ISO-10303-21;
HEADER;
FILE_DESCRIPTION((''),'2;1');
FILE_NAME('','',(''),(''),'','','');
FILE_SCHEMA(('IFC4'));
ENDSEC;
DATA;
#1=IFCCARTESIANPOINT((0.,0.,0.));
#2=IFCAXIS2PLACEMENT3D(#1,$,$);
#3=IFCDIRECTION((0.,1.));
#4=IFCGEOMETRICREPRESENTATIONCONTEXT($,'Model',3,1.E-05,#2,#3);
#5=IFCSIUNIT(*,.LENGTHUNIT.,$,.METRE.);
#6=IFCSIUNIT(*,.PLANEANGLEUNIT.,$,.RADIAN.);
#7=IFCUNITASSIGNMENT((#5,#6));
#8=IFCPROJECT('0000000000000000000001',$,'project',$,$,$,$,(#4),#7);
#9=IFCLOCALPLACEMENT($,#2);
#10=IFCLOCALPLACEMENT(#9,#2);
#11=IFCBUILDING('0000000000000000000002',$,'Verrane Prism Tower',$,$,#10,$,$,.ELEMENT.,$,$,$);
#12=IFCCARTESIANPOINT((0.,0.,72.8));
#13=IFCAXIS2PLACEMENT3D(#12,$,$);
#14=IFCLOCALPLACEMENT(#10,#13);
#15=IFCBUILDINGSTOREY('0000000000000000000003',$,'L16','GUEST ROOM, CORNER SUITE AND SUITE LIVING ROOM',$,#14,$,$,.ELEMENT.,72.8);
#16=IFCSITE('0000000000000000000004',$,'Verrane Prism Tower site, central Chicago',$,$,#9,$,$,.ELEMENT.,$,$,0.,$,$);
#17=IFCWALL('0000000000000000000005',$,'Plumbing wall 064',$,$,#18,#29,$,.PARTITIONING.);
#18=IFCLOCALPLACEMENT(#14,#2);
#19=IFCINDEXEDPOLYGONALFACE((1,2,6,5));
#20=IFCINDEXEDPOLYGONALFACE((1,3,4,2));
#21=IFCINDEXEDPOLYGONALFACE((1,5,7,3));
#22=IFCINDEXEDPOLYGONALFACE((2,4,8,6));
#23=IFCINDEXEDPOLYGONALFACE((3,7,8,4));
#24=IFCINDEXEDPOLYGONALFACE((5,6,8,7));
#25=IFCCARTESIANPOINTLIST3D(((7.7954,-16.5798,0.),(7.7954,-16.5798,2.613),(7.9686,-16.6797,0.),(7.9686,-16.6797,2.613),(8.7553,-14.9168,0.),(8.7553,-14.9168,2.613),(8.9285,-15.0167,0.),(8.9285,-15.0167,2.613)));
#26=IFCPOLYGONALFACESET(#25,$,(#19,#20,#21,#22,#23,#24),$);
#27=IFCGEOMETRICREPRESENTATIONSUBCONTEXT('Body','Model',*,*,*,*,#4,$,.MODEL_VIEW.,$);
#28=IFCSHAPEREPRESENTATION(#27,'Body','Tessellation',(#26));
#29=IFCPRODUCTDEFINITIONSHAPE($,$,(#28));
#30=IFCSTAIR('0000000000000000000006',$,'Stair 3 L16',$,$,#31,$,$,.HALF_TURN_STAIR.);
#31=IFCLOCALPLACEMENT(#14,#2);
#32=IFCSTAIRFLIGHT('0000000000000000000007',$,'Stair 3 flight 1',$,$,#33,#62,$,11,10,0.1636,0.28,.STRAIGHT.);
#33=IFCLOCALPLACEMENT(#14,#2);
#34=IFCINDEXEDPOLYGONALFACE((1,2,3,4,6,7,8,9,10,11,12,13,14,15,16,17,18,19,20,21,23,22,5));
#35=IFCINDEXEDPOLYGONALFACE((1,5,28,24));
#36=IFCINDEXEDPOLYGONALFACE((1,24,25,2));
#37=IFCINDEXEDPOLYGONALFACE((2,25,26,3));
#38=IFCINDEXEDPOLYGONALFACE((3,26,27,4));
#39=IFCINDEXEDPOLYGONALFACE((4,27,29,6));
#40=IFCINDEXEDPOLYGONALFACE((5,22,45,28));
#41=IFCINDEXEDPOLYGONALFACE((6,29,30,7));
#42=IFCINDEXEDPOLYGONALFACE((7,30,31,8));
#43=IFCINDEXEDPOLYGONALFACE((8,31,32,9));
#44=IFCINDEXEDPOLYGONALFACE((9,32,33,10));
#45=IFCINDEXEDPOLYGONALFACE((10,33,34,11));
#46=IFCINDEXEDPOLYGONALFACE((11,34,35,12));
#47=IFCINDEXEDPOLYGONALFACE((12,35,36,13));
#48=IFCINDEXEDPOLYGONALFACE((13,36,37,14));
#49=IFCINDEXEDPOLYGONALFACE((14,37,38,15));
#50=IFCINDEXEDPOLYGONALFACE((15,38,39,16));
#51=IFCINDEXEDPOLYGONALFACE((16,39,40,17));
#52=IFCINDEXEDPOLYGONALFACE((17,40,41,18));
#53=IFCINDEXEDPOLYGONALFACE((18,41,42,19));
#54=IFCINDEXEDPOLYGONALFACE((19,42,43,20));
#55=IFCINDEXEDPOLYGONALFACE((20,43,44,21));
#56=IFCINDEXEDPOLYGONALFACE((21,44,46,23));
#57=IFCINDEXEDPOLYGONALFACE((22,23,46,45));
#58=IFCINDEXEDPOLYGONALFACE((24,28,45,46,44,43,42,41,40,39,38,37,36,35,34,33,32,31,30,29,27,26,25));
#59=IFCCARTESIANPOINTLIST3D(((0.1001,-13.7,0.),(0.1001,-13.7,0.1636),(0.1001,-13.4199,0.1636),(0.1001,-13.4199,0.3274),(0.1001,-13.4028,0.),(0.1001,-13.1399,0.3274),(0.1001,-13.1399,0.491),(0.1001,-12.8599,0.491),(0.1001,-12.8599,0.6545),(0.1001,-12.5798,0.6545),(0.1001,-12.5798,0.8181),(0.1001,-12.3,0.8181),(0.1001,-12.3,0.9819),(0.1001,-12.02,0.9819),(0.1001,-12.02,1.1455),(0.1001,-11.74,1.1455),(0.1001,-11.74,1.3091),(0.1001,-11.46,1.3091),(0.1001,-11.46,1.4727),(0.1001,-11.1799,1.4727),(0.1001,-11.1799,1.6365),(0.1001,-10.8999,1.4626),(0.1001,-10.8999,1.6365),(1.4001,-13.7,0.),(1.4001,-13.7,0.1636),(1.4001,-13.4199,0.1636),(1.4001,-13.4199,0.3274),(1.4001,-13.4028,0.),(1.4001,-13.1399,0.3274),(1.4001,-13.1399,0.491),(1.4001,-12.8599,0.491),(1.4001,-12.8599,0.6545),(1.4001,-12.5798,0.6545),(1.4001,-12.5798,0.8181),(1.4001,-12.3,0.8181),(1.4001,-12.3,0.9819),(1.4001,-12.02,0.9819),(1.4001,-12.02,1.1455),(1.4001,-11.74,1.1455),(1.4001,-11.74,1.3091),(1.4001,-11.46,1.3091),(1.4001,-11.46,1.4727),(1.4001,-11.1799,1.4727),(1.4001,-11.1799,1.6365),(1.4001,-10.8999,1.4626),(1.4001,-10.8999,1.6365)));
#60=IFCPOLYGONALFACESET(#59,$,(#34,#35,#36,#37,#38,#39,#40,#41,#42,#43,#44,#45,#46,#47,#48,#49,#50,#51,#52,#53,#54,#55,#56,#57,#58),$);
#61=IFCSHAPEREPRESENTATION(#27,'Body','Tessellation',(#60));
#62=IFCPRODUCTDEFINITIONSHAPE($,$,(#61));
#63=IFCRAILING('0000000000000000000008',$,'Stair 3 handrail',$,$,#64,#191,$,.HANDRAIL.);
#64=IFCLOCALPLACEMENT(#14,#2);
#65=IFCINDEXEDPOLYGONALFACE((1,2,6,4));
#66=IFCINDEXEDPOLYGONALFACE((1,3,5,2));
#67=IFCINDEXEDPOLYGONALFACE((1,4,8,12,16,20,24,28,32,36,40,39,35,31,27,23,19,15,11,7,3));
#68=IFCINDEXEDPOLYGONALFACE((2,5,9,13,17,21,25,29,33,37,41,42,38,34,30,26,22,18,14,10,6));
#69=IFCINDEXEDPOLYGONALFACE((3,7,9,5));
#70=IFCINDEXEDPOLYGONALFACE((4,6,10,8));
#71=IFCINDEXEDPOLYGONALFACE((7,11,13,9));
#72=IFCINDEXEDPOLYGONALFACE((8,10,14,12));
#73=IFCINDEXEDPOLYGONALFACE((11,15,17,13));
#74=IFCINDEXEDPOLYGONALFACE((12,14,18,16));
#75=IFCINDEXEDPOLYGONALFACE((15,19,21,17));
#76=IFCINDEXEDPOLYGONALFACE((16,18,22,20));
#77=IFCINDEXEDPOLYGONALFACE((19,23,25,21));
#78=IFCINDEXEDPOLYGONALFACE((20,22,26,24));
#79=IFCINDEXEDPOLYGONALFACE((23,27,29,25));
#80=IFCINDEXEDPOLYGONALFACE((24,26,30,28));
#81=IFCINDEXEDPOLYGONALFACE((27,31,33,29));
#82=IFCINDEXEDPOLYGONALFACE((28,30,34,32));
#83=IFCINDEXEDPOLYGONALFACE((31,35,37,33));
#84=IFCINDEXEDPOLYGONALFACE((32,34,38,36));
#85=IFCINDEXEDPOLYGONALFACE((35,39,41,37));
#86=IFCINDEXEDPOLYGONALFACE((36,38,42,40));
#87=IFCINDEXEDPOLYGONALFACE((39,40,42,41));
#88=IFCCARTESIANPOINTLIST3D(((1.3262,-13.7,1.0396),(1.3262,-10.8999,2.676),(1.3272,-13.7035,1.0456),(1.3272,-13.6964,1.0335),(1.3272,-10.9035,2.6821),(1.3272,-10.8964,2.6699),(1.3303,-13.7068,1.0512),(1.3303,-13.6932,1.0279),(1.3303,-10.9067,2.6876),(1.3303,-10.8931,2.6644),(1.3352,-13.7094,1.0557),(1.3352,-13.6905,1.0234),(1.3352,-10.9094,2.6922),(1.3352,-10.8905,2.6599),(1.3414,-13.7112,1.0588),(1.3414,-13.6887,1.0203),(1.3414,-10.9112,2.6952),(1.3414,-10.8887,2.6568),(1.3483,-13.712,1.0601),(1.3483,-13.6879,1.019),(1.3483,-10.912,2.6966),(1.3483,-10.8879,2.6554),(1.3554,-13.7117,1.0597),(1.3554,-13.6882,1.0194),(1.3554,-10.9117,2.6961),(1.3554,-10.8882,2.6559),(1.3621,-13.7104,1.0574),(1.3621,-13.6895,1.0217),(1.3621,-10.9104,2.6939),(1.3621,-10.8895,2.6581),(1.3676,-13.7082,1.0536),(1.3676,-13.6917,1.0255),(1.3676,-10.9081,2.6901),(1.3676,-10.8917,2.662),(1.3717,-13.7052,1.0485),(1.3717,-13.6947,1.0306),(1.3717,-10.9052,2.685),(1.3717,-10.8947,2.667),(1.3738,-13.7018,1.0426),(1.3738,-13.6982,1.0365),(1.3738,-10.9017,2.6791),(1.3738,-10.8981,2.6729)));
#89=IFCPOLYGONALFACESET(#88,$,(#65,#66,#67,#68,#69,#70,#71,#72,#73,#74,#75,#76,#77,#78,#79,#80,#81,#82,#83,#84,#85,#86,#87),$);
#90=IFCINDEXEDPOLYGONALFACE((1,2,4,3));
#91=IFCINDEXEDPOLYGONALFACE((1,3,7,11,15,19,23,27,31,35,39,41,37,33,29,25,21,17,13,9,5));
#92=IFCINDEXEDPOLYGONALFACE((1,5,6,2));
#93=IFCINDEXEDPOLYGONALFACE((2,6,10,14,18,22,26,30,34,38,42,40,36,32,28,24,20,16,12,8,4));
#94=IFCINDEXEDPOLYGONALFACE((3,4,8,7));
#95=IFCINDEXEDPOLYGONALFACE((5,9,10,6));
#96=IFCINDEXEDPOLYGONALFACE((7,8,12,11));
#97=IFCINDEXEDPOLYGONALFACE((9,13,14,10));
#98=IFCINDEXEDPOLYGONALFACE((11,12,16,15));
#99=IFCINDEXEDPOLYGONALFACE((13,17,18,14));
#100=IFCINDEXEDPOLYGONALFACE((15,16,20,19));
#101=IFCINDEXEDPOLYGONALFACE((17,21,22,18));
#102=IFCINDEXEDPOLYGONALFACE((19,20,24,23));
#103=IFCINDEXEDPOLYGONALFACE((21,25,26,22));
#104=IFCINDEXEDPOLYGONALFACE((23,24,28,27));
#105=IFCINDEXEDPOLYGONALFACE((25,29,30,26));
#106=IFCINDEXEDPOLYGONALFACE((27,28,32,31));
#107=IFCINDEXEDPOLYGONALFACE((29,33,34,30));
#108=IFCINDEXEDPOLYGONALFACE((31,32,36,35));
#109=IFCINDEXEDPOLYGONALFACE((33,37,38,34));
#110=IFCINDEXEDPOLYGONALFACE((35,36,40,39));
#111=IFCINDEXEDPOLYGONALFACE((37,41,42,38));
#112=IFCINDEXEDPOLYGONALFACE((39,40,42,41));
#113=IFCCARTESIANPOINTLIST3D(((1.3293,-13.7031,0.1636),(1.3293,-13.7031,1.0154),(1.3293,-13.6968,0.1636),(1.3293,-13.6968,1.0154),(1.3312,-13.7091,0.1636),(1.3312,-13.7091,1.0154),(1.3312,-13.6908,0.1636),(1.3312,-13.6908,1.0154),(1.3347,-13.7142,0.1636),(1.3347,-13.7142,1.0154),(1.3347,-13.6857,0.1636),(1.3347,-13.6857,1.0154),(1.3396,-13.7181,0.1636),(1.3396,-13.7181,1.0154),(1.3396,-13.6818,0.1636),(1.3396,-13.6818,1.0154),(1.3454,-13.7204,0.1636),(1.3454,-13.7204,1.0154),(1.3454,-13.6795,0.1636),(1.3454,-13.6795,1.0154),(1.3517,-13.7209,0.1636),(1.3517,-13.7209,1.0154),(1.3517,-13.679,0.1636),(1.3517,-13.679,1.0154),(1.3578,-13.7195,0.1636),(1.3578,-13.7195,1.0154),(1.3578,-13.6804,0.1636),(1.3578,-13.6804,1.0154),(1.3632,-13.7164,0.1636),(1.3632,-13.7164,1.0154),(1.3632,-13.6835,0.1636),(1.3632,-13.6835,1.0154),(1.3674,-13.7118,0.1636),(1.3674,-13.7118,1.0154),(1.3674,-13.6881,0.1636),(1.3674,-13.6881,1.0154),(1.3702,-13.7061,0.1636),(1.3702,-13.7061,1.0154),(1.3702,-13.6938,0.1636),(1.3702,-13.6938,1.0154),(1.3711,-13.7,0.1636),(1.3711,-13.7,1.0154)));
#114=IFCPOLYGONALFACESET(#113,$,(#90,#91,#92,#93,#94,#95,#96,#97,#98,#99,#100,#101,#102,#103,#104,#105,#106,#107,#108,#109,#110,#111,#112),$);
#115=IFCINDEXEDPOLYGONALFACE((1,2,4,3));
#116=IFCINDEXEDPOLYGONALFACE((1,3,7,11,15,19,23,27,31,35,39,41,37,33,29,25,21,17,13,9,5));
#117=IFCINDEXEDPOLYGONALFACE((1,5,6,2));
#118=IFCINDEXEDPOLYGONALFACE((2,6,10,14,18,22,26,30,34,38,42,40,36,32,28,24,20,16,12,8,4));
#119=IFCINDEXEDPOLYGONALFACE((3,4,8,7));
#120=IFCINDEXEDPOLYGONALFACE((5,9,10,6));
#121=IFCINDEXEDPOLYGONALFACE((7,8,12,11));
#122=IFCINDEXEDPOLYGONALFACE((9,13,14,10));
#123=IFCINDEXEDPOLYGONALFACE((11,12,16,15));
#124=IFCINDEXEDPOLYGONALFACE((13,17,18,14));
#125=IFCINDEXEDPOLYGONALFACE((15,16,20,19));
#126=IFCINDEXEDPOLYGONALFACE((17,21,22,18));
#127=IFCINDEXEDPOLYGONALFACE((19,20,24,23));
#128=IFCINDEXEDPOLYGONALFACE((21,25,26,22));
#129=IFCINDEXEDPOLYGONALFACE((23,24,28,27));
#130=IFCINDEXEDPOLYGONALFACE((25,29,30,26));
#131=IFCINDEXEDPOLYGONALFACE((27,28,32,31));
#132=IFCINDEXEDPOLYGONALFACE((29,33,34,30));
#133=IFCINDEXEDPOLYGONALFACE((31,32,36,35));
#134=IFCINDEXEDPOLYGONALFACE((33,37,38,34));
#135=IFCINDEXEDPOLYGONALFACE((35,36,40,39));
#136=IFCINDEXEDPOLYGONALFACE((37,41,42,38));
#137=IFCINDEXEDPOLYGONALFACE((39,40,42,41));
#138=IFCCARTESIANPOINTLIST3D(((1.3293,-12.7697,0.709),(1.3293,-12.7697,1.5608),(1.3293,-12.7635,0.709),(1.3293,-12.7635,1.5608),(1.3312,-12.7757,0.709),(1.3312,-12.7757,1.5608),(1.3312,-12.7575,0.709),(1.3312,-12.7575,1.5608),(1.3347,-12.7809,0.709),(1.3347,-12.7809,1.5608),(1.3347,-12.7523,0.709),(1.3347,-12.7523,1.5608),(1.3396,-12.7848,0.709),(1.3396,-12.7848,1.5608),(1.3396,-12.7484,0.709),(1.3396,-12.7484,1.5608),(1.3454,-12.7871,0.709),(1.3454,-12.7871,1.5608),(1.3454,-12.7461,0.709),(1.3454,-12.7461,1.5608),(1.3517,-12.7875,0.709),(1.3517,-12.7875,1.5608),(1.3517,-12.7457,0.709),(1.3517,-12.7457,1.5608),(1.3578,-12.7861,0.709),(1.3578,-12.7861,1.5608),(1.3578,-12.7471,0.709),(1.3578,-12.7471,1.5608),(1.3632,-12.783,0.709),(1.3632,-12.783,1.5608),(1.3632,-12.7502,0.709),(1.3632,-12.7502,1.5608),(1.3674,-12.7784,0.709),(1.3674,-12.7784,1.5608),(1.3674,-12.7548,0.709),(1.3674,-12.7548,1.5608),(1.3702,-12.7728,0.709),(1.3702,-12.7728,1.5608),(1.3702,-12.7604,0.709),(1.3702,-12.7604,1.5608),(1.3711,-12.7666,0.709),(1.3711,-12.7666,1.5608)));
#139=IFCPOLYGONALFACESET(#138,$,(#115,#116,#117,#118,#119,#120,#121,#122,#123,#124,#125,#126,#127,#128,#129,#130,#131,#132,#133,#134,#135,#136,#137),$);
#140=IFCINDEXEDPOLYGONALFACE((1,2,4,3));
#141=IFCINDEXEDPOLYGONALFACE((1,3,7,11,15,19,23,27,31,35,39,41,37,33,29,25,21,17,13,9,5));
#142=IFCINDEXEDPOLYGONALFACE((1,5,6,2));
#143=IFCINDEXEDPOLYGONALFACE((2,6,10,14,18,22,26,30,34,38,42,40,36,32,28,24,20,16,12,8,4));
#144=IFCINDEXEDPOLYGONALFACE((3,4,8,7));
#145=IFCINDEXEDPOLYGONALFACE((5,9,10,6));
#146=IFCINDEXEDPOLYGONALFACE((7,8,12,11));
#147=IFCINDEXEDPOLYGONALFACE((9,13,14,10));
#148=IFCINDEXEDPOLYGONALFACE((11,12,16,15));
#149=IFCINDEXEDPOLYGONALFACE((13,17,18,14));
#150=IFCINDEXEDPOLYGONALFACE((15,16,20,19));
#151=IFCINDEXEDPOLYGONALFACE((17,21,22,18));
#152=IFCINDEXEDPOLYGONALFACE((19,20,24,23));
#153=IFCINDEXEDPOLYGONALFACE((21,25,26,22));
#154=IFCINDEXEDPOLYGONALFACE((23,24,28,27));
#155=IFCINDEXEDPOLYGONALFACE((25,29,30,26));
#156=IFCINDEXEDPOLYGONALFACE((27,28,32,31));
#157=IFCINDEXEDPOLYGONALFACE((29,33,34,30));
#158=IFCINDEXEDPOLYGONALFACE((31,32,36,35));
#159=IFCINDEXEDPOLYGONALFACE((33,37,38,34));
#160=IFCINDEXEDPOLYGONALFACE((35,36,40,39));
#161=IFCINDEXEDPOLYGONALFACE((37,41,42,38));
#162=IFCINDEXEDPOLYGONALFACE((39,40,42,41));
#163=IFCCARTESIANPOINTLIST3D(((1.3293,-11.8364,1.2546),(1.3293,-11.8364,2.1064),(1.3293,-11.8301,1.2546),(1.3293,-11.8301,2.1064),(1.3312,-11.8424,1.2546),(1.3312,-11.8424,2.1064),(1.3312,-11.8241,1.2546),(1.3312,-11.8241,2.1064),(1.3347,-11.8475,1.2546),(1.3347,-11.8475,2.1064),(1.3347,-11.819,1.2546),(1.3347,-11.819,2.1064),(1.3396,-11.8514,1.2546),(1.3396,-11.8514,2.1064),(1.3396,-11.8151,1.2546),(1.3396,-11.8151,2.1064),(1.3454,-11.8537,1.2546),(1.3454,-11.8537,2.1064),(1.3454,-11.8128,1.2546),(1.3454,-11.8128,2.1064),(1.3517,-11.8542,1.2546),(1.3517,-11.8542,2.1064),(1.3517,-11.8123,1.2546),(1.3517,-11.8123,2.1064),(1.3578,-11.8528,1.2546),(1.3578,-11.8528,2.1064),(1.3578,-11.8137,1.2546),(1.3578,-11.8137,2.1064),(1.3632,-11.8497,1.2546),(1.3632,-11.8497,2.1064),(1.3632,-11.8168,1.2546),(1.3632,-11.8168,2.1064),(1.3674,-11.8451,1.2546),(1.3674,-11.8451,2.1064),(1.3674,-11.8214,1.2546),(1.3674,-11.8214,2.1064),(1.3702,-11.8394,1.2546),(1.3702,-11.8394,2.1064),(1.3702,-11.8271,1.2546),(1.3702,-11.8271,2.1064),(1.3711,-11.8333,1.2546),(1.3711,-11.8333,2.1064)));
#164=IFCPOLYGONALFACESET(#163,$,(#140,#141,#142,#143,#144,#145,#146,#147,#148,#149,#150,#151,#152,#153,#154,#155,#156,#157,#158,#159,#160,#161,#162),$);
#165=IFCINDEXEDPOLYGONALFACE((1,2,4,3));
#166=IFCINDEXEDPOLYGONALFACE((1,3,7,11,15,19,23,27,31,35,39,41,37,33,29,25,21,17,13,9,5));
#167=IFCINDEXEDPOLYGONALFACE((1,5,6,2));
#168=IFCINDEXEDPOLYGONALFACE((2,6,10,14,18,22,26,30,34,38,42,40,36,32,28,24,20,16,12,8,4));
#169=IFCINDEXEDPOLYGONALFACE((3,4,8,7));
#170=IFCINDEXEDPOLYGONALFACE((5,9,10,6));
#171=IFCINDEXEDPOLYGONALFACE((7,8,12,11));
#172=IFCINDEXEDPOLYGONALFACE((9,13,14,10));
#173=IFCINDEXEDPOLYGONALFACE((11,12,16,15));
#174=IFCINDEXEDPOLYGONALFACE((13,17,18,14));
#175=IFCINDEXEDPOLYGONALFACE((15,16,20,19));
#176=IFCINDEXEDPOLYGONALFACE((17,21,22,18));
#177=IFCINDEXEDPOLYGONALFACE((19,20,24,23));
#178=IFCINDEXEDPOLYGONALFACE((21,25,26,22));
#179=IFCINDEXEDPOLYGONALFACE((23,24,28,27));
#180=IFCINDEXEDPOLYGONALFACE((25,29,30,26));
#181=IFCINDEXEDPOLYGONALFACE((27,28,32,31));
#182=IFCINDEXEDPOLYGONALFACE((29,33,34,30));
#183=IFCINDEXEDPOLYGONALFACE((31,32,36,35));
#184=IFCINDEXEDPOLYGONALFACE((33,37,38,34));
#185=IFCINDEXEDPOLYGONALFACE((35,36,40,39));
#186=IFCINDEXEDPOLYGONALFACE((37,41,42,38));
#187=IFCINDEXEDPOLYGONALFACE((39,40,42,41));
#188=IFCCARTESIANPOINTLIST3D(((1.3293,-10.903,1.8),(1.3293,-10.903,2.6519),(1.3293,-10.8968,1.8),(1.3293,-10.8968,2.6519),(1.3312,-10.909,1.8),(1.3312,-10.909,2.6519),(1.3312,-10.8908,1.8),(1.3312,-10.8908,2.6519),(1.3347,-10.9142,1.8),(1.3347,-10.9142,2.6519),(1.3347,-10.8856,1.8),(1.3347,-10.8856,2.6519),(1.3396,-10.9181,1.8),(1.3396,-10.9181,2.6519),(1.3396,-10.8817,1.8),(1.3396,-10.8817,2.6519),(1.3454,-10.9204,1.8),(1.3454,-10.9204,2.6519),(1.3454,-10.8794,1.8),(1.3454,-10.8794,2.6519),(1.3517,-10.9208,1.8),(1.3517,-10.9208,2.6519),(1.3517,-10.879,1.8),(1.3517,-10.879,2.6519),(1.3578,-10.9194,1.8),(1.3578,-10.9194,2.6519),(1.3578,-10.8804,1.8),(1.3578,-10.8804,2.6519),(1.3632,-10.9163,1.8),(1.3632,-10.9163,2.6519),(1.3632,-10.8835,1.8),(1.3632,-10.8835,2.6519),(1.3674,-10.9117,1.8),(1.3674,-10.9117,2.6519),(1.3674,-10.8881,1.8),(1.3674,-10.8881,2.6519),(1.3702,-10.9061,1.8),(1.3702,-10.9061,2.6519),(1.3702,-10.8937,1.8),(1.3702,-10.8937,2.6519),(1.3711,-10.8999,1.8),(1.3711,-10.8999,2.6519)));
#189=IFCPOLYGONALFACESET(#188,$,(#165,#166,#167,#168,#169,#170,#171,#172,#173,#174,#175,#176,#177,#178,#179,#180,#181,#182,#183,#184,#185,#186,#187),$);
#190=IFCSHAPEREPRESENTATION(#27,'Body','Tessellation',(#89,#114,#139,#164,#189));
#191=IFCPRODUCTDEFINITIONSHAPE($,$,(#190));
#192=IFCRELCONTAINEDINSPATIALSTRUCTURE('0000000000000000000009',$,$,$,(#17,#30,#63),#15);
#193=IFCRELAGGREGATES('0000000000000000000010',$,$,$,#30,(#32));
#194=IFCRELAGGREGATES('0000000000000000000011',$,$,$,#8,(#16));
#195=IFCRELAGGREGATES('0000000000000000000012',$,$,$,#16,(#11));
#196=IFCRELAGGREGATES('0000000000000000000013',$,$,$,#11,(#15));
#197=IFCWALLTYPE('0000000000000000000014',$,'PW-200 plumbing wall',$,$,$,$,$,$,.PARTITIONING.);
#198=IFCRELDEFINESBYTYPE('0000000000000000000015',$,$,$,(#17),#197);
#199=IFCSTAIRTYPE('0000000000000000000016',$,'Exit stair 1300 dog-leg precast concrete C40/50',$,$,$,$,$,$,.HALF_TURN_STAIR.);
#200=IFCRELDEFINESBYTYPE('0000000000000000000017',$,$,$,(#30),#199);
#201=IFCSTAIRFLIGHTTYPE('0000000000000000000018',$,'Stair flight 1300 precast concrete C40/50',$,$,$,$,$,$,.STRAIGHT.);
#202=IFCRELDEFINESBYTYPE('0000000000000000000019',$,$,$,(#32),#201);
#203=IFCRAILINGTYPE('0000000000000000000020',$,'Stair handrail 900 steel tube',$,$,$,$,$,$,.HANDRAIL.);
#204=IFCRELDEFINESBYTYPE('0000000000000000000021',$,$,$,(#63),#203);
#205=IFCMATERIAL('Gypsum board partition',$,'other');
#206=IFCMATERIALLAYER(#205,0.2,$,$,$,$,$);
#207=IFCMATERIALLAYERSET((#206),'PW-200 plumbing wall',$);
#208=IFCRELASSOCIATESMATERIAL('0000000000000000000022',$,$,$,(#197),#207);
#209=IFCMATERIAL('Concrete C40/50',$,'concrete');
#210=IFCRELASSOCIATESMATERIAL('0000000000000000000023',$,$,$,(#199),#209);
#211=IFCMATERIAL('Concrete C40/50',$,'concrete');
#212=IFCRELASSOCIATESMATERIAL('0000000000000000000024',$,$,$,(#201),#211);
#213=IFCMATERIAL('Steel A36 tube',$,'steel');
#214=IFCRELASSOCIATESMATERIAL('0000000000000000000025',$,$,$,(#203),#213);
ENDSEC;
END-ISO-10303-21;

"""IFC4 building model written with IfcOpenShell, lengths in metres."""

from ifc_helpers import new_model, si_unit, direction, frame, frame_2d, origin, origin_2d, place, context, subcontext, project, spatial, polyline, rectangle, circle, outline, extrude, material, layer, layer_set, type_object, element, aggregate, save


model = new_model("IFC4")

# Units and contexts
model_context = context("Model", 3, precision=1e-05, world=origin(), true_north=direction((0.0, 1.0)))
body_context = subcontext(model_context, "Body", "Model", "MODEL_VIEW")
ifc_project = project(units=[si_unit("LENGTHUNIT", "METRE"), si_unit("PLANEANGLEUNIT", "RADIAN")], contexts=[model_context])

# Site, building, storey
site_placement = place(None, origin())
site = spatial("IfcSite", under=ifc_project, at=site_placement, Name="Verrane Prism Tower site, central Chicago", CompositionType="ELEMENT", RefElevation=0.0)
building_placement = place(site_placement, origin())
building = spatial("IfcBuilding", under=site, at=building_placement, Name="Verrane Prism Tower", CompositionType="ELEMENT")
storey_placement = place(building_placement, frame((0.0, 0.0, 72.8)))
storey = spatial("IfcBuildingStorey", under=building, at=storey_placement, Name="L16", Description="GUEST ROOM, CORNER SUITE AND SUITE LIVING ROOM", CompositionType="ELEMENT", Elevation=72.8)

# Shared definitions
ifc_material_1 = material(Name="Gypsum board partition", Category="other")
ifc_layer_1 = layer(ifc_material_1, 0.2)
ifc_layer_set_1 = layer_set([ifc_layer_1], Name="PW-200 plumbing wall")
wall_type_1 = type_object("IfcWallType", Name="PW-200 plumbing wall", PredefinedType="PARTITIONING", material=ifc_layer_set_1)

# Wall
wall_1_placement = place(storey_placement, frame((7.8821, -16.6296, 0.0), z_axis=(0.0, 0.0, 1.0), x_axis=(0.499913, 0.866075, 0.0)))
element("IfcWall", 1, at=wall_1_placement, inside=storey, type_object=wall_type_1, Name="Plumbing wall 064", PredefinedType="PARTITIONING", context=body_context, shape_type="SweptSolid", body=[
    extrude(rectangle(XDim=1.9202, YDim=0.2, at=frame_2d((0.96, 0.0))), origin(), (0.0, 0.0, 1.0), 2.613),
])

# Stair, stair flight
ifc_material_2 = material(Name="Concrete C40/50", Category="concrete")
stair_type = type_object("IfcStairType", Name="Exit stair 1300 dog-leg precast concrete C40/50", PredefinedType="HALF_TURN_STAIR", material=ifc_material_2)
stair_placement = place(storey_placement, origin())
stair = element("IfcStair", 2, at=stair_placement, inside=storey, type_object=stair_type, Name="Stair 3 L16", PredefinedType="HALF_TURN_STAIR")
ifc_material_3 = material(Name="Concrete C40/50", Category="concrete")
stair_flight_type = type_object("IfcStairFlightType", Name="Stair flight 1300 precast concrete C40/50", PredefinedType="STRAIGHT", material=ifc_material_3)
stair_flight_placement = place(storey_placement, frame((0.75, -13.7, 0.0), z_axis=(0.0, 0.0, 1.0), x_axis=(0.0, 1.0, 0.0)))
stair_flight = element("IfcStairFlight", 3, at=stair_flight_placement, type_object=stair_flight_type, Name="Stair 3 flight 1", NumberOfRisers=11, NumberOfTreads=10, PredefinedType="STRAIGHT", RiserHeight=0.1636, TreadLength=0.28, context=body_context, shape_type="SweptSolid", body=[
    extrude(outline(polyline([(0.0, 0.0), (0.0, 0.1636), (0.28, 0.1636), (0.28, 0.3274), (0.5601, 0.3274), (0.5601, 0.491), (0.8401, 0.491), (0.8401, 0.6545), (1.1201, 0.6545), (1.1201, 0.8181), (1.3999, 0.8181), (1.3999, 0.9819), (1.6799, 0.9819), (1.6799, 1.1455), (1.96, 1.1455), (1.96, 1.3091), (2.24, 1.3091), (2.24, 1.4727), (2.52, 1.4727), (2.52, 1.6365), (2.8, 1.6365), (2.8, 1.8), (2.8, 1.4626), (0.2971, 0.0), (0.0, 0.0)])), frame((0.0, 0.6499, 0.0), z_axis=(0.0, -1.0, 0.0), x_axis=(1.0, 0.0, 0.0)), (0.0, 0.0, 1.0), 1.3),
])
aggregate(stair, [stair_flight])

# Railing
ifc_material_4 = material(Name="Steel A36 tube", Category="steel")
railing_type_1 = type_object("IfcRailingType", Name="Stair handrail 900 steel tube", PredefinedType="HANDRAIL", material=ifc_material_4)
railing_1_placement = place(storey_placement, frame((1.3501, -13.7, 0.1636)))
element("IfcRailing", 4, at=railing_1_placement, inside=storey, type_object=railing_type_1, Name="Stair 3 handrail", PredefinedType="HANDRAIL", context=body_context, shape_type="SweptSolid", body=[
    extrude(circle(Radius=0.0239, at=origin_2d()), frame((0.0, 0.0, 0.876), z_axis=(0.0, 0.863361, 0.504587), x_axis=(-1.0, 0.0, 0.0)), (0.0, 0.0, 1.0), 3.2432),
    extrude(circle(Radius=0.021, at=origin_2d()), origin(), (0.0, 0.0, 1.0), 0.8518),
    extrude(circle(Radius=0.021, at=origin_2d()), frame((0.0, 0.9333, 0.5454)), (0.0, 0.0, 1.0), 0.8518),
    extrude(circle(Radius=0.021, at=origin_2d()), frame((0.0, 1.8667, 1.0911)), (0.0, 0.0, 1.0), 0.8518),
    extrude(circle(Radius=0.021, at=origin_2d()), frame((0.0, 2.8, 1.6365)), (0.0, 0.0, 1.0), 0.8518),
])

save(model, "model.ifc")
